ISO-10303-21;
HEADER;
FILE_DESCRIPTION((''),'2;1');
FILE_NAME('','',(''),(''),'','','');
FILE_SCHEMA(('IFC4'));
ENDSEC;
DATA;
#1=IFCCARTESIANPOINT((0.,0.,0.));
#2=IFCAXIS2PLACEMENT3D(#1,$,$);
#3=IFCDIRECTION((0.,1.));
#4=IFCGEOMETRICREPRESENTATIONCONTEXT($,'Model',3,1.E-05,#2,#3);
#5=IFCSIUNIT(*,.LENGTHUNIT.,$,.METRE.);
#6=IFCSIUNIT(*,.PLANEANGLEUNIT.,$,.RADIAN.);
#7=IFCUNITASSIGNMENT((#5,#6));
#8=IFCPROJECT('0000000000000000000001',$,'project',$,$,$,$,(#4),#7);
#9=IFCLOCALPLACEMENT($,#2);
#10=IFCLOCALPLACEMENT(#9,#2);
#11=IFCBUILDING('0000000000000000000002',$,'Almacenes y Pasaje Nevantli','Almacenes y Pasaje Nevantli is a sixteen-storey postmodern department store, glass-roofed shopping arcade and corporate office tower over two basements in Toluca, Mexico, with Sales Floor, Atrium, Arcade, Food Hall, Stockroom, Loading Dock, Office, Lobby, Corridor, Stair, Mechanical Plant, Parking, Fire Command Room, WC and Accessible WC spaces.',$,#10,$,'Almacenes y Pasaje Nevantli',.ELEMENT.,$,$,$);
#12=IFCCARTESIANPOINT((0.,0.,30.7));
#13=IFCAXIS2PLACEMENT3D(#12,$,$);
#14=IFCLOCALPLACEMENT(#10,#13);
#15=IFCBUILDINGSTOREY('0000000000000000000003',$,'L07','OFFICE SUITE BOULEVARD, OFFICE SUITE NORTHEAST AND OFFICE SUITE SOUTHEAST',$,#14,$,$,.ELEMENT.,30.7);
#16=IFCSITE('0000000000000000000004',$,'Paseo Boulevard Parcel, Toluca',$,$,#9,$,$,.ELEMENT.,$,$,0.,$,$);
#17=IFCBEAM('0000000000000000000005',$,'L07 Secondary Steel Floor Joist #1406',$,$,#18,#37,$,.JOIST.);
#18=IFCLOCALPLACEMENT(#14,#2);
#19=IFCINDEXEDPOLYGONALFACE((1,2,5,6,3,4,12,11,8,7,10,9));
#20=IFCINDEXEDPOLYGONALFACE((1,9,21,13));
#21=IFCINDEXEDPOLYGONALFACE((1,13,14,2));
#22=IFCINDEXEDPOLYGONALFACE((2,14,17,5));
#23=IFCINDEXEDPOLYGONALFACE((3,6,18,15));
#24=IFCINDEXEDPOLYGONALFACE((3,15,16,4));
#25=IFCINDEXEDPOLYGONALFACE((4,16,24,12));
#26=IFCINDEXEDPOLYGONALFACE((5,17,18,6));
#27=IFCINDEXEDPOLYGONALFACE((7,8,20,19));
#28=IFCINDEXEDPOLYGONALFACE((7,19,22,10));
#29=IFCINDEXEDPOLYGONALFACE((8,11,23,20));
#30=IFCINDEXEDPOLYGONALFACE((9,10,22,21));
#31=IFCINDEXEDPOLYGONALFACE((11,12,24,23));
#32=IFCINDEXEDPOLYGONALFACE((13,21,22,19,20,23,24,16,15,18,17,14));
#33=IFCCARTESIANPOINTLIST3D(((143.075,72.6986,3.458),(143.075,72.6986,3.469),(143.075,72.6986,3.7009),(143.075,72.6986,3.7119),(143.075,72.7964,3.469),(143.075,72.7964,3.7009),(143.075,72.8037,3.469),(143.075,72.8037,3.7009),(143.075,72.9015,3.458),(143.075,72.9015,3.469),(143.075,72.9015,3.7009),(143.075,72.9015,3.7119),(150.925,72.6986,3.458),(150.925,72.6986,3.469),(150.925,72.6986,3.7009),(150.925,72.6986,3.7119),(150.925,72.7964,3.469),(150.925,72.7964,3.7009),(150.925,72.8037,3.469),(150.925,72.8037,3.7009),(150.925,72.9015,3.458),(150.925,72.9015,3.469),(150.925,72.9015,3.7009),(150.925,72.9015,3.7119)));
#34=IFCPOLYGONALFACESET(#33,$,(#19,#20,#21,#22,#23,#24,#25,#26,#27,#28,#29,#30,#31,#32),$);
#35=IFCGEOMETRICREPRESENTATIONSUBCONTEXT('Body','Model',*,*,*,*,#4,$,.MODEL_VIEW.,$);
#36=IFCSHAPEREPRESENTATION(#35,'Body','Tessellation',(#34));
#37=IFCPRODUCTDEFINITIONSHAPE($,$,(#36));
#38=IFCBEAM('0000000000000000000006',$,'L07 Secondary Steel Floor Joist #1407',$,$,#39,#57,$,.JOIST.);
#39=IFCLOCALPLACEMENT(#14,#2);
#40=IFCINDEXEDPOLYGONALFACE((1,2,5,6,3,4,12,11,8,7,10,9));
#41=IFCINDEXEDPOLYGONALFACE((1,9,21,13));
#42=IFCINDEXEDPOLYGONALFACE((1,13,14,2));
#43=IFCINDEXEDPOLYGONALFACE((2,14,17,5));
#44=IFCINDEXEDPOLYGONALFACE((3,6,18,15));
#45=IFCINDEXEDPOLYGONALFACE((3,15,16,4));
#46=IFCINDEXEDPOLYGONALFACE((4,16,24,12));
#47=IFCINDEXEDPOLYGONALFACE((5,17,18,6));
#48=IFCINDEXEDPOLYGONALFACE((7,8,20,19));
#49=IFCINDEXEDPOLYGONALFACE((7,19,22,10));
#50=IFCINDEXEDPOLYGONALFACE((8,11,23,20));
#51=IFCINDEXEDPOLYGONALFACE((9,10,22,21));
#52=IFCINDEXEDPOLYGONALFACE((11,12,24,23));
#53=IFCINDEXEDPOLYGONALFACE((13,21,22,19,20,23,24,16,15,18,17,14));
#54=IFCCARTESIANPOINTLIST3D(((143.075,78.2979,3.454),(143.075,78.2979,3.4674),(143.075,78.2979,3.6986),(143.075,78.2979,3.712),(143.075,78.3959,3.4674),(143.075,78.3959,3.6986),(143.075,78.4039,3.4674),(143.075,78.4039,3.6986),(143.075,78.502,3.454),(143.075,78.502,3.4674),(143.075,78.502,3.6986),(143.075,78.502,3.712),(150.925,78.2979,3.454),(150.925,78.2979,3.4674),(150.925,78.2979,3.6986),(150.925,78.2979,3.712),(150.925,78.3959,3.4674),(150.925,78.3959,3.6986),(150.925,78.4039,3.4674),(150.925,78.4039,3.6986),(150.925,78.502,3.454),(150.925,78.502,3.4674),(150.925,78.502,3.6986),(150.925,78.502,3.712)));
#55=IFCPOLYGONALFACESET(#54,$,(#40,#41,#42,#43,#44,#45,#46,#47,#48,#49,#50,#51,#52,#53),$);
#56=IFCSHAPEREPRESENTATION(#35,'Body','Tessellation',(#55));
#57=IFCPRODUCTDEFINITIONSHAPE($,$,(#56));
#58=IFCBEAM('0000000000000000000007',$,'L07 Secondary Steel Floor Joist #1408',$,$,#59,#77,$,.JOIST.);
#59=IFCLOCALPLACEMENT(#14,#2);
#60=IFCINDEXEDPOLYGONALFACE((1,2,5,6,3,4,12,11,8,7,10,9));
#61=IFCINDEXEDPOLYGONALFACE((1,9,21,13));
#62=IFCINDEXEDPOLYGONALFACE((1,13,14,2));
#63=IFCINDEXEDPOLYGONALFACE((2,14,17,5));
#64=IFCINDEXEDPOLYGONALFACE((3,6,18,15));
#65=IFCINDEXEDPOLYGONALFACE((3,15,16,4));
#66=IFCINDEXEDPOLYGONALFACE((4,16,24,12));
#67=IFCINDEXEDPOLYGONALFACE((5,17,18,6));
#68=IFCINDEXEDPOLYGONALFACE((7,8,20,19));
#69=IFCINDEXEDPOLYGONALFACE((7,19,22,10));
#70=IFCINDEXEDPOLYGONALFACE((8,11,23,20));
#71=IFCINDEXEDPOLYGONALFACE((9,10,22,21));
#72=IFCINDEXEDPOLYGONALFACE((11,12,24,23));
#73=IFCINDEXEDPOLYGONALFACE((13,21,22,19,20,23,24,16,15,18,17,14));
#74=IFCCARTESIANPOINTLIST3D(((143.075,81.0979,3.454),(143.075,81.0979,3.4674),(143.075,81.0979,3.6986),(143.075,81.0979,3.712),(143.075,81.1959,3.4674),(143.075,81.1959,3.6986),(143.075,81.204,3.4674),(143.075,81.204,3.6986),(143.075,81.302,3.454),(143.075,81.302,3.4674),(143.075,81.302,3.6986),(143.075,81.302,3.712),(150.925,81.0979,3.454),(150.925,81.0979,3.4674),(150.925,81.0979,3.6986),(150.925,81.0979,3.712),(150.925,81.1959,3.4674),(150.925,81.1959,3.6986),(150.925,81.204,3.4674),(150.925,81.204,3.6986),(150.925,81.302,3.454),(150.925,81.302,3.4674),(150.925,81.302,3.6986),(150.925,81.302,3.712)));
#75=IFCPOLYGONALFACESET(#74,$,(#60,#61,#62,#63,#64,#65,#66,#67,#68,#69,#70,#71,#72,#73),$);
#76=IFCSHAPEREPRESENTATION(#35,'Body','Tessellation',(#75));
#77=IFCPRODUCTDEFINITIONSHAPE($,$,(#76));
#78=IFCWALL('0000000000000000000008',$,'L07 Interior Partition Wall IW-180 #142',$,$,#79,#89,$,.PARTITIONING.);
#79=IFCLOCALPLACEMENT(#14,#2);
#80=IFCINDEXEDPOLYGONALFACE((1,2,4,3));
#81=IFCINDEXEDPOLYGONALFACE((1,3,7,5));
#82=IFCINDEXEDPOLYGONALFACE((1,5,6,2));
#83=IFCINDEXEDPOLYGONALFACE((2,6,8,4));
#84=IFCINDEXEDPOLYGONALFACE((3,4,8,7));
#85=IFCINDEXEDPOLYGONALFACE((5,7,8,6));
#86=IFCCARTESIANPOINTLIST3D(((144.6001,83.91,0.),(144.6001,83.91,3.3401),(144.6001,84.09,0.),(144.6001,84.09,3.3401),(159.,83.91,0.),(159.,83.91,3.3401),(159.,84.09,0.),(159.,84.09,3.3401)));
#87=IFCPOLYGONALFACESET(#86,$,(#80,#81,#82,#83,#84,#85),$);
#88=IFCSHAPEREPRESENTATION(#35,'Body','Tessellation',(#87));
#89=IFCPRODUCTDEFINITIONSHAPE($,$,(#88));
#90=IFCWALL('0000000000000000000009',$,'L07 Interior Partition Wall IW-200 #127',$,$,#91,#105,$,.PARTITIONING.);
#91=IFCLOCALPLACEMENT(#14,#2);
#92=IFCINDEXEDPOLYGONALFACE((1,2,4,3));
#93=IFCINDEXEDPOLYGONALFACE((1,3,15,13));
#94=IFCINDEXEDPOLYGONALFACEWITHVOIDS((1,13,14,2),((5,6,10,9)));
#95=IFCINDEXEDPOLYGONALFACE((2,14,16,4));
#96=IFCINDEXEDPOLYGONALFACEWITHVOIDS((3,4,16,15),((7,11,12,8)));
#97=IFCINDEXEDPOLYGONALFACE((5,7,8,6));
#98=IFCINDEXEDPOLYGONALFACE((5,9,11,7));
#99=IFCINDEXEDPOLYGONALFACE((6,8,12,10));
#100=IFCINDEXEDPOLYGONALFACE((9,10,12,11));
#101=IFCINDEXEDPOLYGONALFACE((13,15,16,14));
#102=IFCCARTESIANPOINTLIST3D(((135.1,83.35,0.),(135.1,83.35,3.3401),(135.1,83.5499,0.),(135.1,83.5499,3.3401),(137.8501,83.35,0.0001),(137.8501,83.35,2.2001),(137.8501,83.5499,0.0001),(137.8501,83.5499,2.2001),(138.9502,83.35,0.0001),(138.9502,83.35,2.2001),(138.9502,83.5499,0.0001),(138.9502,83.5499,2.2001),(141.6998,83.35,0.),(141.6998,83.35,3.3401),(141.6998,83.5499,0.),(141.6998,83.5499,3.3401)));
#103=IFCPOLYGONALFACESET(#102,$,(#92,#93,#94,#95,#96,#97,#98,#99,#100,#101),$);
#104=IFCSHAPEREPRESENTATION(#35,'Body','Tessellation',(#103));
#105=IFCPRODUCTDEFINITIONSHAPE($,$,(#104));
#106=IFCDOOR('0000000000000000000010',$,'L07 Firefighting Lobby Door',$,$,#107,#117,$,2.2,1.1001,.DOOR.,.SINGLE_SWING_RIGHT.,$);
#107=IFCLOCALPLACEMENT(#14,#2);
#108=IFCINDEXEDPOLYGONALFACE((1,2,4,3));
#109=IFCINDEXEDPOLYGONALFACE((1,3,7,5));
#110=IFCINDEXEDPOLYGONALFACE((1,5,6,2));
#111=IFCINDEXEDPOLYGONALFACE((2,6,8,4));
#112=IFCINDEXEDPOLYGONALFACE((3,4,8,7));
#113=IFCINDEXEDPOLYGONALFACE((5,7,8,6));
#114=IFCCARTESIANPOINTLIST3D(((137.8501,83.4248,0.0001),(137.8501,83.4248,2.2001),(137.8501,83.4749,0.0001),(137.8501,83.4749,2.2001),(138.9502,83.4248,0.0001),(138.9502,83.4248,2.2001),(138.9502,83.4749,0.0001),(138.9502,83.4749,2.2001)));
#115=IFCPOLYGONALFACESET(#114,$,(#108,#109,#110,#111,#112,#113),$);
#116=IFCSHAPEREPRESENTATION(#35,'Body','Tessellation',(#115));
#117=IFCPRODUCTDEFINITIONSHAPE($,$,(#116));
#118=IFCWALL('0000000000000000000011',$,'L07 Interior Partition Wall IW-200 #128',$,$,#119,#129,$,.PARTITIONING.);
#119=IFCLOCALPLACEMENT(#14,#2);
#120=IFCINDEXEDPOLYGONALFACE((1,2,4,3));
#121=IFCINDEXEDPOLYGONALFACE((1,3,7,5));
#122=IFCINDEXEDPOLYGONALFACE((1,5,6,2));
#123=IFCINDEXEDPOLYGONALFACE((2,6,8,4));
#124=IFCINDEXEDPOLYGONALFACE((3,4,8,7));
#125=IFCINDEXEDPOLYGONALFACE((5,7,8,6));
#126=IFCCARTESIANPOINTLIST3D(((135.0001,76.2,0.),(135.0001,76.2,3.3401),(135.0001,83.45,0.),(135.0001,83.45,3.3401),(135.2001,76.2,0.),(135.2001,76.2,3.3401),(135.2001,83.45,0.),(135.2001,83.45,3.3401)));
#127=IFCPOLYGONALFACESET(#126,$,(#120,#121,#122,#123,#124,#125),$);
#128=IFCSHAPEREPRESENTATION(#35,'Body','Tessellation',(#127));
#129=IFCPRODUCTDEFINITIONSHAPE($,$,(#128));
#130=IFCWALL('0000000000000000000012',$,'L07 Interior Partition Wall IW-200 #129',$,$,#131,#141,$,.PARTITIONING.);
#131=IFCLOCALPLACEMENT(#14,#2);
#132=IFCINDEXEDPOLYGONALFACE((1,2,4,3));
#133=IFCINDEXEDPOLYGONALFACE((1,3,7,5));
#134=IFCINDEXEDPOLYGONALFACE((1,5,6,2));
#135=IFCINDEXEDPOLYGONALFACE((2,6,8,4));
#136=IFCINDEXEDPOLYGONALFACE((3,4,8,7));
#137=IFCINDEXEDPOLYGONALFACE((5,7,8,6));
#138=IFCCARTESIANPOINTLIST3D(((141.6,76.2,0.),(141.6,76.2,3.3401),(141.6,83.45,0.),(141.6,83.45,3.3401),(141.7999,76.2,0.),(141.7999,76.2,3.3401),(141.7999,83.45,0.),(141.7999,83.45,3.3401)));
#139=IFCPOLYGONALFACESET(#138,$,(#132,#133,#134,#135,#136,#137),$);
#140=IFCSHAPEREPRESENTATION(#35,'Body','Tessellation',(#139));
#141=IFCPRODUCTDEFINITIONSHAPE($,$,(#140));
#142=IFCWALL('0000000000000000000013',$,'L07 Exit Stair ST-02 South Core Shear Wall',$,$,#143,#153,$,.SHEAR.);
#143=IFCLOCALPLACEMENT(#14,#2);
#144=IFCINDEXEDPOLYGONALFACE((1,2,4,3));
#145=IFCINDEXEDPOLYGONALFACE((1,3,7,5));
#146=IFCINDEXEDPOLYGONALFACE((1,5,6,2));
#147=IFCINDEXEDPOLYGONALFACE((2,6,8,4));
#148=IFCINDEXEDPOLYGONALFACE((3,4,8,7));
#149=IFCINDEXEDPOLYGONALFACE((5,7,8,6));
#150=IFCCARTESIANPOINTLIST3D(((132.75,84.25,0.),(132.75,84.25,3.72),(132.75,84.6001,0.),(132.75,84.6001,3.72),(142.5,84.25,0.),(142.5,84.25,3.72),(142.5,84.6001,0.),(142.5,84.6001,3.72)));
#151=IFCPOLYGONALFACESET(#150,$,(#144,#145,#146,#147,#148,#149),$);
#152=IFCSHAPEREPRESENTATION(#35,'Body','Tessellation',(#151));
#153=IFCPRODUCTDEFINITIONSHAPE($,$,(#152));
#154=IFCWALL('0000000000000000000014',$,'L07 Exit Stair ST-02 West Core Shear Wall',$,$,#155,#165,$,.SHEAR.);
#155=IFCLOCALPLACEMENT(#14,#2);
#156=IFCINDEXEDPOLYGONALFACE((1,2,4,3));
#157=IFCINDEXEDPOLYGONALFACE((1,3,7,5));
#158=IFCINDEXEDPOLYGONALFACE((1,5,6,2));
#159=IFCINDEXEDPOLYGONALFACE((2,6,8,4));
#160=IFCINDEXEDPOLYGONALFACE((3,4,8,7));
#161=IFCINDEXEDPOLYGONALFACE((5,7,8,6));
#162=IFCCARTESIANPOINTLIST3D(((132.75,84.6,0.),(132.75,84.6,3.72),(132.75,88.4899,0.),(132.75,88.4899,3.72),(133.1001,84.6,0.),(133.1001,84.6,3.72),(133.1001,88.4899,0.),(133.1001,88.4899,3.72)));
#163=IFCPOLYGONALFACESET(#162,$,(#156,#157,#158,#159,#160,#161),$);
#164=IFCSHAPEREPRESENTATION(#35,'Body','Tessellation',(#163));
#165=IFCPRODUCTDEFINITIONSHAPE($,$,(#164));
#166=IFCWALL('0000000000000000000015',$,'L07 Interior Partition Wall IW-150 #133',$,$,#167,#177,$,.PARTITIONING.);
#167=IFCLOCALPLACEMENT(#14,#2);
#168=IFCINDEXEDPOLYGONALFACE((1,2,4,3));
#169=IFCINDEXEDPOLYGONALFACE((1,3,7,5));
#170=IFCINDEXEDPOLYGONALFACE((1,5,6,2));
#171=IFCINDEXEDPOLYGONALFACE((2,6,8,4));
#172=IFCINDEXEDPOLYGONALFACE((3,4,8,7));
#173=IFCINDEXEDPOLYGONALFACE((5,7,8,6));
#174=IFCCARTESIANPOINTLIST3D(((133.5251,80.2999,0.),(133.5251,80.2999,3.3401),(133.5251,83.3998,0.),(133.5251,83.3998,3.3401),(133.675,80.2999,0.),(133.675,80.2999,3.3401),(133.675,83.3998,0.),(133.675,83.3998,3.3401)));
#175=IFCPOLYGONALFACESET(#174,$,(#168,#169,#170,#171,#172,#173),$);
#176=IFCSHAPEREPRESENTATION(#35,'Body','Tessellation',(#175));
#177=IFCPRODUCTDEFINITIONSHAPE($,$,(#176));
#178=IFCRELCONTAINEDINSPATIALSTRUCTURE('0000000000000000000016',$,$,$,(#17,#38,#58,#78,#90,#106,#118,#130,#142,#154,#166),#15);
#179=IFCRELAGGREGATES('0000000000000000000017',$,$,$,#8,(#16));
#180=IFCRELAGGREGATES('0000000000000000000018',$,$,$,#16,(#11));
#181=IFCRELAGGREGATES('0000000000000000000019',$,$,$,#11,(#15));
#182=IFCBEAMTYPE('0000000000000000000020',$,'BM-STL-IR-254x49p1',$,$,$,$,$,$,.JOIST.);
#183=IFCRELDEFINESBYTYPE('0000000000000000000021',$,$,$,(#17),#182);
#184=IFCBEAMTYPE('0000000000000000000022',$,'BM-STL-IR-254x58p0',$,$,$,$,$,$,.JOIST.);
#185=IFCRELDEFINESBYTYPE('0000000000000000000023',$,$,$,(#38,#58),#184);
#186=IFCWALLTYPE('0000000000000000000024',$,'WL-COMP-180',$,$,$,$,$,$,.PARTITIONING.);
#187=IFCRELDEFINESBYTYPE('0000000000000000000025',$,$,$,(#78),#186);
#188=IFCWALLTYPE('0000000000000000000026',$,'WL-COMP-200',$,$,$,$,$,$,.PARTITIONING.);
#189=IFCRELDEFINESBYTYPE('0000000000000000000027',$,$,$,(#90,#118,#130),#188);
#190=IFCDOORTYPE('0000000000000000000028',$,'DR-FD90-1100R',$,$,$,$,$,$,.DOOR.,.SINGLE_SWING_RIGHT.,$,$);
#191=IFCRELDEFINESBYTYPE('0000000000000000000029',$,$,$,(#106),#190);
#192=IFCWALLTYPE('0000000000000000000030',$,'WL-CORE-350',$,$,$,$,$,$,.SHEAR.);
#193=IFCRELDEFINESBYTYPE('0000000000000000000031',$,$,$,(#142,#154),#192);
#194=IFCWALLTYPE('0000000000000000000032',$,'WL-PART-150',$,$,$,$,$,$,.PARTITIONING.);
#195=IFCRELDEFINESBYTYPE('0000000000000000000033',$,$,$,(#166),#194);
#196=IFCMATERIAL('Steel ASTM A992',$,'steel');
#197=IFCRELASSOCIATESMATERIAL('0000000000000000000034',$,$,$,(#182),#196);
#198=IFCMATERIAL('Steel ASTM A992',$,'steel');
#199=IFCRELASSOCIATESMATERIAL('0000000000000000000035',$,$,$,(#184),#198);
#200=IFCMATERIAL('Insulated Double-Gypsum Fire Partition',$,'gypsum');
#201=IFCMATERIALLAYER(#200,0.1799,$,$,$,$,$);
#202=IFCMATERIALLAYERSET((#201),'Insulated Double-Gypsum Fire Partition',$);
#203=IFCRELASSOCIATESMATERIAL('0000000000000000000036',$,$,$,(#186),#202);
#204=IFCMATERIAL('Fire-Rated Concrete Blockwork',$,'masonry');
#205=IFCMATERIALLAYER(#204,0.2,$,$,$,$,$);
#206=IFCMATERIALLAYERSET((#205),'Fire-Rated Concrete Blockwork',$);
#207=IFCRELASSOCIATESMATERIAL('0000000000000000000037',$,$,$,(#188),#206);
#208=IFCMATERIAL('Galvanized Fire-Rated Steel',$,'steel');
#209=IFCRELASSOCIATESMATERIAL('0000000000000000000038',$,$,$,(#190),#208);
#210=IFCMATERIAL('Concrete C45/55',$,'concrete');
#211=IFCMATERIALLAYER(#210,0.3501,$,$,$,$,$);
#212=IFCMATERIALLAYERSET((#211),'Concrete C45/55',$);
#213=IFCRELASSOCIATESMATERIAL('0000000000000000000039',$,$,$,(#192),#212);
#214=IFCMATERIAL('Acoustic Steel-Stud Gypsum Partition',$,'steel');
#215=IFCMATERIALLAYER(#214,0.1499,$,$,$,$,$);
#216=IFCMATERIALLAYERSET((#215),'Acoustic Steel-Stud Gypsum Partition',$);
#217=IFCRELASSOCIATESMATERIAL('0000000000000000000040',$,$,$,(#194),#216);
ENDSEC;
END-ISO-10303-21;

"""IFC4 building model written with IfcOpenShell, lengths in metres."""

from ifc_helpers import new_model, si_unit, direction, frame, frame_2d, origin, origin_2d, place, context, subcontext, project, spatial, rectangle, i_section, extrude, material, layer, layer_set, material_profile, profile_set, type_object, element, fill, save


model = new_model("IFC4")

# Units and contexts
model_context = context("Model", 3, precision=1e-05, world=origin(), true_north=direction((0.0, 1.0)))
body_context = subcontext(model_context, "Body", "Model", "MODEL_VIEW")
ifc_project = project(units=[si_unit("LENGTHUNIT", "METRE"), si_unit("PLANEANGLEUNIT", "RADIAN")], contexts=[model_context])

# Site, building, storey
site_placement = place(None, origin())
site = spatial("IfcSite", under=ifc_project, at=site_placement, Name="Paseo Boulevard Parcel, Toluca", CompositionType="ELEMENT", RefElevation=0.0)
building_placement = place(site_placement, origin())
building = spatial("IfcBuilding", under=site, at=building_placement, Name="Almacenes y Pasaje Nevantli", Description="Almacenes y Pasaje Nevantli is a sixteen-storey postmodern department store, glass-roofed shopping arcade and corporate office tower over two basements in Toluca, Mexico, with Sales Floor, Atrium, Arcade, Food Hall, Stockroom, Loading Dock, Office, Lobby, Corridor, Stair, Mechanical Plant, Parking, Fire Command Room, WC and Accessible WC spaces.", LongName="Almacenes y Pasaje Nevantli", CompositionType="ELEMENT")
storey_placement = place(building_placement, frame((0.0, 0.0, 30.7)))
storey = spatial("IfcBuildingStorey", under=building, at=storey_placement, Name="L07", Description="OFFICE SUITE BOULEVARD, OFFICE SUITE NORTHEAST AND OFFICE SUITE SOUTHEAST", CompositionType="ELEMENT", Elevation=30.7)

# Beams
ifc_material_1 = material(Name="Steel ASTM A992", Category="steel")
ifc_material_profile_1 = material_profile(ifc_material_1, i_section(OverallWidth=0.2029, OverallDepth=0.2539, WebThickness=0.0073, FlangeThickness=0.011, at=origin_2d()), Name="IR 254x49.1")
ifc_profile_set_1 = profile_set([ifc_material_profile_1], Name="Steel ASTM A992")
beam_type_1 = type_object("IfcBeamType", Name="BM-STL-IR-254x49p1", PredefinedType="JOIST", material=ifc_profile_set_1)
beam_1_placement = place(storey_placement, frame((143.075, 72.8, 3.585), z_axis=(1.0, 0.0, 0.0), x_axis=(0.0, 1.0, 0.0)))
element("IfcBeam", 1, at=beam_1_placement, inside=storey, type_object=beam_type_1, Name="L07 Secondary Steel Floor Joist #1406", PredefinedType="JOIST", context=body_context, shape_type="SweptSolid", body=[
    extrude(i_section(OverallWidth=0.2029, OverallDepth=0.2539, WebThickness=0.0073, FlangeThickness=0.011, at=origin_2d()), origin(), (0.0, 0.0, 1.0), 7.8501),
])
ifc_material_2 = material(Name="Steel ASTM A992", Category="steel")
ifc_material_profile_2 = material_profile(ifc_material_2, i_section(OverallWidth=0.2041, OverallDepth=0.2581, WebThickness=0.0081, FlangeThickness=0.0134, at=origin_2d()), Name="IR 254x58.0")
ifc_profile_set_2 = profile_set([ifc_material_profile_2], Name="Steel ASTM A992")
beam_type_2 = type_object("IfcBeamType", Name="BM-STL-IR-254x58p0", PredefinedType="JOIST", material=ifc_profile_set_2)
for number, where, z_axis, x_axis, name in (
    (2, (143.075, 78.3999, 3.583), (1.0, 0.0, 0.0), (0.0, 1.0, 0.0), "L07 Secondary Steel Floor Joist #1407"),
    (3, (143.075, 81.2, 3.583), (1.0, 0.0, 0.0), (0.0, 1.0, 0.0), "L07 Secondary Steel Floor Joist #1408"),
):
    element("IfcBeam", number, at=place(storey_placement, frame(where, z_axis=z_axis, x_axis=x_axis)), inside=storey, type_object=beam_type_2, Name=name, PredefinedType="JOIST", context=body_context, shape_type="SweptSolid", body=[
        extrude(i_section(OverallWidth=0.2041, OverallDepth=0.2581, WebThickness=0.0081, FlangeThickness=0.0134, at=origin_2d()), origin(), (0.0, 0.0, 1.0), 7.8501),
    ])

# Wall
ifc_material_3 = material(Name="Insulated Double-Gypsum Fire Partition", Category="gypsum")
ifc_layer_1 = layer(ifc_material_3, 0.1799)
ifc_layer_set_1 = layer_set([ifc_layer_1], Name="Insulated Double-Gypsum Fire Partition")
wall_type_1 = type_object("IfcWallType", Name="WL-COMP-180", PredefinedType="PARTITIONING", material=ifc_layer_set_1)
wall_1_placement = place(storey_placement, frame((144.6001, 84.0, 0.0), z_axis=(0.0, 0.0, 1.0), x_axis=(1.0, 0.0, 0.0)))
element("IfcWall", 4, at=wall_1_placement, inside=storey, type_object=wall_type_1, Name="L07 Interior Partition Wall IW-180 #142", PredefinedType="PARTITIONING", context=body_context, shape_type="SweptSolid", body=[
    extrude(rectangle(XDim=14.3999, YDim=0.1799, at=frame_2d((7.2, 0.0))), origin(), (0.0, 0.0, 1.0), 3.3401),
])

# Wall, opening, door
ifc_material_4 = material(Name="Fire-Rated Concrete Blockwork", Category="masonry")
ifc_layer_2 = layer(ifc_material_4, 0.2)
ifc_layer_set_2 = layer_set([ifc_layer_2], Name="Fire-Rated Concrete Blockwork")
wall_type_2 = type_object("IfcWallType", Name="WL-COMP-200", PredefinedType="PARTITIONING", material=ifc_layer_set_2)
wall_2_placement = place(storey_placement, frame((135.1001, 83.45, 0.0), z_axis=(0.0, 0.0, 1.0), x_axis=(1.0, 0.0, 0.0)))
wall_2 = element("IfcWall", 5, at=wall_2_placement, inside=storey, type_object=wall_type_2, Name="L07 Interior Partition Wall IW-200 #127", PredefinedType="PARTITIONING", context=body_context, shape_type="SweptSolid", body=[
    extrude(rectangle(XDim=6.5999, YDim=0.2, at=frame_2d((3.2998, 0.0))), origin(), (0.0, 0.0, 1.0), 3.3401),
])
opening_1_placement = place(wall_2_placement, frame((2.75, 0.0, 0.0)))
opening_1 = element("IfcOpeningElement", 6, at=opening_1_placement, cuts=wall_2, PredefinedType="OPENING", context=body_context, shape_type="SweptSolid", body=[
    extrude(rectangle(XDim=1.1001, YDim=2.2, at=frame_2d((0.55, 1.1001))), frame((0.0, 0.1099, 0.0), z_axis=(0.0, -1.0, 0.0), x_axis=(1.0, 0.0, 0.0)), (0.0, 0.0, 1.0), 0.22),
])
ifc_material_5 = material(Name="Galvanized Fire-Rated Steel", Category="steel")
door_type_1 = type_object("IfcDoorType", Name="DR-FD90-1100R", OperationType="SINGLE_SWING_RIGHT", PredefinedType="DOOR", material=ifc_material_5)
door_1_placement = place(opening_1_placement, origin())
door_1 = element("IfcDoor", 7, at=door_1_placement, inside=storey, type_object=door_type_1, Name="L07 Firefighting Lobby Door", OperationType="SINGLE_SWING_RIGHT", OverallHeight=2.2, OverallWidth=1.1001, PredefinedType="DOOR", context=body_context, shape_type="SweptSolid", body=[
    extrude(rectangle(XDim=1.1001, YDim=2.2, at=frame_2d((0.55, 1.1001))), frame((0.0, 0.0249, 0.0), z_axis=(0.0, -1.0, 0.0), x_axis=(1.0, 0.0, 0.0)), (0.0, 0.0, 1.0), 0.05),
])
fill(opening_1, door_1)

# Walls
for number, where, z_axis, x_axis, name in (
    (8, (135.1001, 76.2, 0.0), (0.0, 0.0, 1.0), (0.0, 1.0, 0.0), "L07 Interior Partition Wall IW-200 #128"),
    (9, (141.7, 76.2, 0.0), (0.0, 0.0, 1.0), (0.0, 1.0, 0.0), "L07 Interior Partition Wall IW-200 #129"),
):
    element("IfcWall", number, at=place(storey_placement, frame(where, z_axis=z_axis, x_axis=x_axis)), inside=storey, type_object=wall_type_2, Name=name, PredefinedType="PARTITIONING", context=body_context, shape_type="SweptSolid", body=[
        extrude(rectangle(XDim=7.25, YDim=0.2, at=frame_2d((3.625, 0.0))), origin(), (0.0, 0.0, 1.0), 3.3401),
    ])
ifc_material_6 = material(Name="Concrete C45/55", Category="concrete")
ifc_layer_3 = layer(ifc_material_6, 0.3501)
ifc_layer_set_3 = layer_set([ifc_layer_3], Name="Concrete C45/55")
wall_type_3 = type_object("IfcWallType", Name="WL-CORE-350", PredefinedType="SHEAR", material=ifc_layer_set_3)
wall_3_placement = place(storey_placement, frame((132.75, 84.425, 0.0), z_axis=(0.0, 0.0, 1.0), x_axis=(1.0, 0.0, 0.0)))
element("IfcWall", 10, at=wall_3_placement, inside=storey, type_object=wall_type_3, Name="L07 Exit Stair ST-02 South Core Shear Wall", PredefinedType="SHEAR", context=body_context, shape_type="SweptSolid", body=[
    extrude(rectangle(XDim=9.75, YDim=0.3501, at=frame_2d((4.875, 0.0))), origin(), (0.0, 0.0, 1.0), 3.72),
])
wall_4_placement = place(storey_placement, frame((132.925, 84.6001, 0.0), z_axis=(0.0, 0.0, 1.0), x_axis=(0.0, 1.0, 0.0)))
element("IfcWall", 11, at=wall_4_placement, inside=storey, type_object=wall_type_3, Name="L07 Exit Stair ST-02 West Core Shear Wall", PredefinedType="SHEAR", context=body_context, shape_type="SweptSolid", body=[
    extrude(rectangle(XDim=3.8899, YDim=0.3501, at=frame_2d((1.9448, 0.0))), origin(), (0.0, 0.0, 1.0), 3.72),
])
ifc_material_7 = material(Name="Acoustic Steel-Stud Gypsum Partition", Category="steel")
ifc_layer_4 = layer(ifc_material_7, 0.1499)
ifc_layer_set_4 = layer_set([ifc_layer_4], Name="Acoustic Steel-Stud Gypsum Partition")
wall_type_4 = type_object("IfcWallType", Name="WL-PART-150", PredefinedType="PARTITIONING", material=ifc_layer_set_4)
wall_5_placement = place(storey_placement, frame((133.6001, 80.3, 0.0), z_axis=(0.0, 0.0, 1.0), x_axis=(0.0, 1.0, 0.0)))
element("IfcWall", 12, at=wall_5_placement, inside=storey, type_object=wall_type_4, Name="L07 Interior Partition Wall IW-150 #133", PredefinedType="PARTITIONING", context=body_context, shape_type="SweptSolid", body=[
    extrude(rectangle(XDim=3.0999, YDim=0.1499, at=frame_2d((1.5498, 0.0))), origin(), (0.0, 0.0, 1.0), 3.3401),
])

save(model, "model.ifc")
